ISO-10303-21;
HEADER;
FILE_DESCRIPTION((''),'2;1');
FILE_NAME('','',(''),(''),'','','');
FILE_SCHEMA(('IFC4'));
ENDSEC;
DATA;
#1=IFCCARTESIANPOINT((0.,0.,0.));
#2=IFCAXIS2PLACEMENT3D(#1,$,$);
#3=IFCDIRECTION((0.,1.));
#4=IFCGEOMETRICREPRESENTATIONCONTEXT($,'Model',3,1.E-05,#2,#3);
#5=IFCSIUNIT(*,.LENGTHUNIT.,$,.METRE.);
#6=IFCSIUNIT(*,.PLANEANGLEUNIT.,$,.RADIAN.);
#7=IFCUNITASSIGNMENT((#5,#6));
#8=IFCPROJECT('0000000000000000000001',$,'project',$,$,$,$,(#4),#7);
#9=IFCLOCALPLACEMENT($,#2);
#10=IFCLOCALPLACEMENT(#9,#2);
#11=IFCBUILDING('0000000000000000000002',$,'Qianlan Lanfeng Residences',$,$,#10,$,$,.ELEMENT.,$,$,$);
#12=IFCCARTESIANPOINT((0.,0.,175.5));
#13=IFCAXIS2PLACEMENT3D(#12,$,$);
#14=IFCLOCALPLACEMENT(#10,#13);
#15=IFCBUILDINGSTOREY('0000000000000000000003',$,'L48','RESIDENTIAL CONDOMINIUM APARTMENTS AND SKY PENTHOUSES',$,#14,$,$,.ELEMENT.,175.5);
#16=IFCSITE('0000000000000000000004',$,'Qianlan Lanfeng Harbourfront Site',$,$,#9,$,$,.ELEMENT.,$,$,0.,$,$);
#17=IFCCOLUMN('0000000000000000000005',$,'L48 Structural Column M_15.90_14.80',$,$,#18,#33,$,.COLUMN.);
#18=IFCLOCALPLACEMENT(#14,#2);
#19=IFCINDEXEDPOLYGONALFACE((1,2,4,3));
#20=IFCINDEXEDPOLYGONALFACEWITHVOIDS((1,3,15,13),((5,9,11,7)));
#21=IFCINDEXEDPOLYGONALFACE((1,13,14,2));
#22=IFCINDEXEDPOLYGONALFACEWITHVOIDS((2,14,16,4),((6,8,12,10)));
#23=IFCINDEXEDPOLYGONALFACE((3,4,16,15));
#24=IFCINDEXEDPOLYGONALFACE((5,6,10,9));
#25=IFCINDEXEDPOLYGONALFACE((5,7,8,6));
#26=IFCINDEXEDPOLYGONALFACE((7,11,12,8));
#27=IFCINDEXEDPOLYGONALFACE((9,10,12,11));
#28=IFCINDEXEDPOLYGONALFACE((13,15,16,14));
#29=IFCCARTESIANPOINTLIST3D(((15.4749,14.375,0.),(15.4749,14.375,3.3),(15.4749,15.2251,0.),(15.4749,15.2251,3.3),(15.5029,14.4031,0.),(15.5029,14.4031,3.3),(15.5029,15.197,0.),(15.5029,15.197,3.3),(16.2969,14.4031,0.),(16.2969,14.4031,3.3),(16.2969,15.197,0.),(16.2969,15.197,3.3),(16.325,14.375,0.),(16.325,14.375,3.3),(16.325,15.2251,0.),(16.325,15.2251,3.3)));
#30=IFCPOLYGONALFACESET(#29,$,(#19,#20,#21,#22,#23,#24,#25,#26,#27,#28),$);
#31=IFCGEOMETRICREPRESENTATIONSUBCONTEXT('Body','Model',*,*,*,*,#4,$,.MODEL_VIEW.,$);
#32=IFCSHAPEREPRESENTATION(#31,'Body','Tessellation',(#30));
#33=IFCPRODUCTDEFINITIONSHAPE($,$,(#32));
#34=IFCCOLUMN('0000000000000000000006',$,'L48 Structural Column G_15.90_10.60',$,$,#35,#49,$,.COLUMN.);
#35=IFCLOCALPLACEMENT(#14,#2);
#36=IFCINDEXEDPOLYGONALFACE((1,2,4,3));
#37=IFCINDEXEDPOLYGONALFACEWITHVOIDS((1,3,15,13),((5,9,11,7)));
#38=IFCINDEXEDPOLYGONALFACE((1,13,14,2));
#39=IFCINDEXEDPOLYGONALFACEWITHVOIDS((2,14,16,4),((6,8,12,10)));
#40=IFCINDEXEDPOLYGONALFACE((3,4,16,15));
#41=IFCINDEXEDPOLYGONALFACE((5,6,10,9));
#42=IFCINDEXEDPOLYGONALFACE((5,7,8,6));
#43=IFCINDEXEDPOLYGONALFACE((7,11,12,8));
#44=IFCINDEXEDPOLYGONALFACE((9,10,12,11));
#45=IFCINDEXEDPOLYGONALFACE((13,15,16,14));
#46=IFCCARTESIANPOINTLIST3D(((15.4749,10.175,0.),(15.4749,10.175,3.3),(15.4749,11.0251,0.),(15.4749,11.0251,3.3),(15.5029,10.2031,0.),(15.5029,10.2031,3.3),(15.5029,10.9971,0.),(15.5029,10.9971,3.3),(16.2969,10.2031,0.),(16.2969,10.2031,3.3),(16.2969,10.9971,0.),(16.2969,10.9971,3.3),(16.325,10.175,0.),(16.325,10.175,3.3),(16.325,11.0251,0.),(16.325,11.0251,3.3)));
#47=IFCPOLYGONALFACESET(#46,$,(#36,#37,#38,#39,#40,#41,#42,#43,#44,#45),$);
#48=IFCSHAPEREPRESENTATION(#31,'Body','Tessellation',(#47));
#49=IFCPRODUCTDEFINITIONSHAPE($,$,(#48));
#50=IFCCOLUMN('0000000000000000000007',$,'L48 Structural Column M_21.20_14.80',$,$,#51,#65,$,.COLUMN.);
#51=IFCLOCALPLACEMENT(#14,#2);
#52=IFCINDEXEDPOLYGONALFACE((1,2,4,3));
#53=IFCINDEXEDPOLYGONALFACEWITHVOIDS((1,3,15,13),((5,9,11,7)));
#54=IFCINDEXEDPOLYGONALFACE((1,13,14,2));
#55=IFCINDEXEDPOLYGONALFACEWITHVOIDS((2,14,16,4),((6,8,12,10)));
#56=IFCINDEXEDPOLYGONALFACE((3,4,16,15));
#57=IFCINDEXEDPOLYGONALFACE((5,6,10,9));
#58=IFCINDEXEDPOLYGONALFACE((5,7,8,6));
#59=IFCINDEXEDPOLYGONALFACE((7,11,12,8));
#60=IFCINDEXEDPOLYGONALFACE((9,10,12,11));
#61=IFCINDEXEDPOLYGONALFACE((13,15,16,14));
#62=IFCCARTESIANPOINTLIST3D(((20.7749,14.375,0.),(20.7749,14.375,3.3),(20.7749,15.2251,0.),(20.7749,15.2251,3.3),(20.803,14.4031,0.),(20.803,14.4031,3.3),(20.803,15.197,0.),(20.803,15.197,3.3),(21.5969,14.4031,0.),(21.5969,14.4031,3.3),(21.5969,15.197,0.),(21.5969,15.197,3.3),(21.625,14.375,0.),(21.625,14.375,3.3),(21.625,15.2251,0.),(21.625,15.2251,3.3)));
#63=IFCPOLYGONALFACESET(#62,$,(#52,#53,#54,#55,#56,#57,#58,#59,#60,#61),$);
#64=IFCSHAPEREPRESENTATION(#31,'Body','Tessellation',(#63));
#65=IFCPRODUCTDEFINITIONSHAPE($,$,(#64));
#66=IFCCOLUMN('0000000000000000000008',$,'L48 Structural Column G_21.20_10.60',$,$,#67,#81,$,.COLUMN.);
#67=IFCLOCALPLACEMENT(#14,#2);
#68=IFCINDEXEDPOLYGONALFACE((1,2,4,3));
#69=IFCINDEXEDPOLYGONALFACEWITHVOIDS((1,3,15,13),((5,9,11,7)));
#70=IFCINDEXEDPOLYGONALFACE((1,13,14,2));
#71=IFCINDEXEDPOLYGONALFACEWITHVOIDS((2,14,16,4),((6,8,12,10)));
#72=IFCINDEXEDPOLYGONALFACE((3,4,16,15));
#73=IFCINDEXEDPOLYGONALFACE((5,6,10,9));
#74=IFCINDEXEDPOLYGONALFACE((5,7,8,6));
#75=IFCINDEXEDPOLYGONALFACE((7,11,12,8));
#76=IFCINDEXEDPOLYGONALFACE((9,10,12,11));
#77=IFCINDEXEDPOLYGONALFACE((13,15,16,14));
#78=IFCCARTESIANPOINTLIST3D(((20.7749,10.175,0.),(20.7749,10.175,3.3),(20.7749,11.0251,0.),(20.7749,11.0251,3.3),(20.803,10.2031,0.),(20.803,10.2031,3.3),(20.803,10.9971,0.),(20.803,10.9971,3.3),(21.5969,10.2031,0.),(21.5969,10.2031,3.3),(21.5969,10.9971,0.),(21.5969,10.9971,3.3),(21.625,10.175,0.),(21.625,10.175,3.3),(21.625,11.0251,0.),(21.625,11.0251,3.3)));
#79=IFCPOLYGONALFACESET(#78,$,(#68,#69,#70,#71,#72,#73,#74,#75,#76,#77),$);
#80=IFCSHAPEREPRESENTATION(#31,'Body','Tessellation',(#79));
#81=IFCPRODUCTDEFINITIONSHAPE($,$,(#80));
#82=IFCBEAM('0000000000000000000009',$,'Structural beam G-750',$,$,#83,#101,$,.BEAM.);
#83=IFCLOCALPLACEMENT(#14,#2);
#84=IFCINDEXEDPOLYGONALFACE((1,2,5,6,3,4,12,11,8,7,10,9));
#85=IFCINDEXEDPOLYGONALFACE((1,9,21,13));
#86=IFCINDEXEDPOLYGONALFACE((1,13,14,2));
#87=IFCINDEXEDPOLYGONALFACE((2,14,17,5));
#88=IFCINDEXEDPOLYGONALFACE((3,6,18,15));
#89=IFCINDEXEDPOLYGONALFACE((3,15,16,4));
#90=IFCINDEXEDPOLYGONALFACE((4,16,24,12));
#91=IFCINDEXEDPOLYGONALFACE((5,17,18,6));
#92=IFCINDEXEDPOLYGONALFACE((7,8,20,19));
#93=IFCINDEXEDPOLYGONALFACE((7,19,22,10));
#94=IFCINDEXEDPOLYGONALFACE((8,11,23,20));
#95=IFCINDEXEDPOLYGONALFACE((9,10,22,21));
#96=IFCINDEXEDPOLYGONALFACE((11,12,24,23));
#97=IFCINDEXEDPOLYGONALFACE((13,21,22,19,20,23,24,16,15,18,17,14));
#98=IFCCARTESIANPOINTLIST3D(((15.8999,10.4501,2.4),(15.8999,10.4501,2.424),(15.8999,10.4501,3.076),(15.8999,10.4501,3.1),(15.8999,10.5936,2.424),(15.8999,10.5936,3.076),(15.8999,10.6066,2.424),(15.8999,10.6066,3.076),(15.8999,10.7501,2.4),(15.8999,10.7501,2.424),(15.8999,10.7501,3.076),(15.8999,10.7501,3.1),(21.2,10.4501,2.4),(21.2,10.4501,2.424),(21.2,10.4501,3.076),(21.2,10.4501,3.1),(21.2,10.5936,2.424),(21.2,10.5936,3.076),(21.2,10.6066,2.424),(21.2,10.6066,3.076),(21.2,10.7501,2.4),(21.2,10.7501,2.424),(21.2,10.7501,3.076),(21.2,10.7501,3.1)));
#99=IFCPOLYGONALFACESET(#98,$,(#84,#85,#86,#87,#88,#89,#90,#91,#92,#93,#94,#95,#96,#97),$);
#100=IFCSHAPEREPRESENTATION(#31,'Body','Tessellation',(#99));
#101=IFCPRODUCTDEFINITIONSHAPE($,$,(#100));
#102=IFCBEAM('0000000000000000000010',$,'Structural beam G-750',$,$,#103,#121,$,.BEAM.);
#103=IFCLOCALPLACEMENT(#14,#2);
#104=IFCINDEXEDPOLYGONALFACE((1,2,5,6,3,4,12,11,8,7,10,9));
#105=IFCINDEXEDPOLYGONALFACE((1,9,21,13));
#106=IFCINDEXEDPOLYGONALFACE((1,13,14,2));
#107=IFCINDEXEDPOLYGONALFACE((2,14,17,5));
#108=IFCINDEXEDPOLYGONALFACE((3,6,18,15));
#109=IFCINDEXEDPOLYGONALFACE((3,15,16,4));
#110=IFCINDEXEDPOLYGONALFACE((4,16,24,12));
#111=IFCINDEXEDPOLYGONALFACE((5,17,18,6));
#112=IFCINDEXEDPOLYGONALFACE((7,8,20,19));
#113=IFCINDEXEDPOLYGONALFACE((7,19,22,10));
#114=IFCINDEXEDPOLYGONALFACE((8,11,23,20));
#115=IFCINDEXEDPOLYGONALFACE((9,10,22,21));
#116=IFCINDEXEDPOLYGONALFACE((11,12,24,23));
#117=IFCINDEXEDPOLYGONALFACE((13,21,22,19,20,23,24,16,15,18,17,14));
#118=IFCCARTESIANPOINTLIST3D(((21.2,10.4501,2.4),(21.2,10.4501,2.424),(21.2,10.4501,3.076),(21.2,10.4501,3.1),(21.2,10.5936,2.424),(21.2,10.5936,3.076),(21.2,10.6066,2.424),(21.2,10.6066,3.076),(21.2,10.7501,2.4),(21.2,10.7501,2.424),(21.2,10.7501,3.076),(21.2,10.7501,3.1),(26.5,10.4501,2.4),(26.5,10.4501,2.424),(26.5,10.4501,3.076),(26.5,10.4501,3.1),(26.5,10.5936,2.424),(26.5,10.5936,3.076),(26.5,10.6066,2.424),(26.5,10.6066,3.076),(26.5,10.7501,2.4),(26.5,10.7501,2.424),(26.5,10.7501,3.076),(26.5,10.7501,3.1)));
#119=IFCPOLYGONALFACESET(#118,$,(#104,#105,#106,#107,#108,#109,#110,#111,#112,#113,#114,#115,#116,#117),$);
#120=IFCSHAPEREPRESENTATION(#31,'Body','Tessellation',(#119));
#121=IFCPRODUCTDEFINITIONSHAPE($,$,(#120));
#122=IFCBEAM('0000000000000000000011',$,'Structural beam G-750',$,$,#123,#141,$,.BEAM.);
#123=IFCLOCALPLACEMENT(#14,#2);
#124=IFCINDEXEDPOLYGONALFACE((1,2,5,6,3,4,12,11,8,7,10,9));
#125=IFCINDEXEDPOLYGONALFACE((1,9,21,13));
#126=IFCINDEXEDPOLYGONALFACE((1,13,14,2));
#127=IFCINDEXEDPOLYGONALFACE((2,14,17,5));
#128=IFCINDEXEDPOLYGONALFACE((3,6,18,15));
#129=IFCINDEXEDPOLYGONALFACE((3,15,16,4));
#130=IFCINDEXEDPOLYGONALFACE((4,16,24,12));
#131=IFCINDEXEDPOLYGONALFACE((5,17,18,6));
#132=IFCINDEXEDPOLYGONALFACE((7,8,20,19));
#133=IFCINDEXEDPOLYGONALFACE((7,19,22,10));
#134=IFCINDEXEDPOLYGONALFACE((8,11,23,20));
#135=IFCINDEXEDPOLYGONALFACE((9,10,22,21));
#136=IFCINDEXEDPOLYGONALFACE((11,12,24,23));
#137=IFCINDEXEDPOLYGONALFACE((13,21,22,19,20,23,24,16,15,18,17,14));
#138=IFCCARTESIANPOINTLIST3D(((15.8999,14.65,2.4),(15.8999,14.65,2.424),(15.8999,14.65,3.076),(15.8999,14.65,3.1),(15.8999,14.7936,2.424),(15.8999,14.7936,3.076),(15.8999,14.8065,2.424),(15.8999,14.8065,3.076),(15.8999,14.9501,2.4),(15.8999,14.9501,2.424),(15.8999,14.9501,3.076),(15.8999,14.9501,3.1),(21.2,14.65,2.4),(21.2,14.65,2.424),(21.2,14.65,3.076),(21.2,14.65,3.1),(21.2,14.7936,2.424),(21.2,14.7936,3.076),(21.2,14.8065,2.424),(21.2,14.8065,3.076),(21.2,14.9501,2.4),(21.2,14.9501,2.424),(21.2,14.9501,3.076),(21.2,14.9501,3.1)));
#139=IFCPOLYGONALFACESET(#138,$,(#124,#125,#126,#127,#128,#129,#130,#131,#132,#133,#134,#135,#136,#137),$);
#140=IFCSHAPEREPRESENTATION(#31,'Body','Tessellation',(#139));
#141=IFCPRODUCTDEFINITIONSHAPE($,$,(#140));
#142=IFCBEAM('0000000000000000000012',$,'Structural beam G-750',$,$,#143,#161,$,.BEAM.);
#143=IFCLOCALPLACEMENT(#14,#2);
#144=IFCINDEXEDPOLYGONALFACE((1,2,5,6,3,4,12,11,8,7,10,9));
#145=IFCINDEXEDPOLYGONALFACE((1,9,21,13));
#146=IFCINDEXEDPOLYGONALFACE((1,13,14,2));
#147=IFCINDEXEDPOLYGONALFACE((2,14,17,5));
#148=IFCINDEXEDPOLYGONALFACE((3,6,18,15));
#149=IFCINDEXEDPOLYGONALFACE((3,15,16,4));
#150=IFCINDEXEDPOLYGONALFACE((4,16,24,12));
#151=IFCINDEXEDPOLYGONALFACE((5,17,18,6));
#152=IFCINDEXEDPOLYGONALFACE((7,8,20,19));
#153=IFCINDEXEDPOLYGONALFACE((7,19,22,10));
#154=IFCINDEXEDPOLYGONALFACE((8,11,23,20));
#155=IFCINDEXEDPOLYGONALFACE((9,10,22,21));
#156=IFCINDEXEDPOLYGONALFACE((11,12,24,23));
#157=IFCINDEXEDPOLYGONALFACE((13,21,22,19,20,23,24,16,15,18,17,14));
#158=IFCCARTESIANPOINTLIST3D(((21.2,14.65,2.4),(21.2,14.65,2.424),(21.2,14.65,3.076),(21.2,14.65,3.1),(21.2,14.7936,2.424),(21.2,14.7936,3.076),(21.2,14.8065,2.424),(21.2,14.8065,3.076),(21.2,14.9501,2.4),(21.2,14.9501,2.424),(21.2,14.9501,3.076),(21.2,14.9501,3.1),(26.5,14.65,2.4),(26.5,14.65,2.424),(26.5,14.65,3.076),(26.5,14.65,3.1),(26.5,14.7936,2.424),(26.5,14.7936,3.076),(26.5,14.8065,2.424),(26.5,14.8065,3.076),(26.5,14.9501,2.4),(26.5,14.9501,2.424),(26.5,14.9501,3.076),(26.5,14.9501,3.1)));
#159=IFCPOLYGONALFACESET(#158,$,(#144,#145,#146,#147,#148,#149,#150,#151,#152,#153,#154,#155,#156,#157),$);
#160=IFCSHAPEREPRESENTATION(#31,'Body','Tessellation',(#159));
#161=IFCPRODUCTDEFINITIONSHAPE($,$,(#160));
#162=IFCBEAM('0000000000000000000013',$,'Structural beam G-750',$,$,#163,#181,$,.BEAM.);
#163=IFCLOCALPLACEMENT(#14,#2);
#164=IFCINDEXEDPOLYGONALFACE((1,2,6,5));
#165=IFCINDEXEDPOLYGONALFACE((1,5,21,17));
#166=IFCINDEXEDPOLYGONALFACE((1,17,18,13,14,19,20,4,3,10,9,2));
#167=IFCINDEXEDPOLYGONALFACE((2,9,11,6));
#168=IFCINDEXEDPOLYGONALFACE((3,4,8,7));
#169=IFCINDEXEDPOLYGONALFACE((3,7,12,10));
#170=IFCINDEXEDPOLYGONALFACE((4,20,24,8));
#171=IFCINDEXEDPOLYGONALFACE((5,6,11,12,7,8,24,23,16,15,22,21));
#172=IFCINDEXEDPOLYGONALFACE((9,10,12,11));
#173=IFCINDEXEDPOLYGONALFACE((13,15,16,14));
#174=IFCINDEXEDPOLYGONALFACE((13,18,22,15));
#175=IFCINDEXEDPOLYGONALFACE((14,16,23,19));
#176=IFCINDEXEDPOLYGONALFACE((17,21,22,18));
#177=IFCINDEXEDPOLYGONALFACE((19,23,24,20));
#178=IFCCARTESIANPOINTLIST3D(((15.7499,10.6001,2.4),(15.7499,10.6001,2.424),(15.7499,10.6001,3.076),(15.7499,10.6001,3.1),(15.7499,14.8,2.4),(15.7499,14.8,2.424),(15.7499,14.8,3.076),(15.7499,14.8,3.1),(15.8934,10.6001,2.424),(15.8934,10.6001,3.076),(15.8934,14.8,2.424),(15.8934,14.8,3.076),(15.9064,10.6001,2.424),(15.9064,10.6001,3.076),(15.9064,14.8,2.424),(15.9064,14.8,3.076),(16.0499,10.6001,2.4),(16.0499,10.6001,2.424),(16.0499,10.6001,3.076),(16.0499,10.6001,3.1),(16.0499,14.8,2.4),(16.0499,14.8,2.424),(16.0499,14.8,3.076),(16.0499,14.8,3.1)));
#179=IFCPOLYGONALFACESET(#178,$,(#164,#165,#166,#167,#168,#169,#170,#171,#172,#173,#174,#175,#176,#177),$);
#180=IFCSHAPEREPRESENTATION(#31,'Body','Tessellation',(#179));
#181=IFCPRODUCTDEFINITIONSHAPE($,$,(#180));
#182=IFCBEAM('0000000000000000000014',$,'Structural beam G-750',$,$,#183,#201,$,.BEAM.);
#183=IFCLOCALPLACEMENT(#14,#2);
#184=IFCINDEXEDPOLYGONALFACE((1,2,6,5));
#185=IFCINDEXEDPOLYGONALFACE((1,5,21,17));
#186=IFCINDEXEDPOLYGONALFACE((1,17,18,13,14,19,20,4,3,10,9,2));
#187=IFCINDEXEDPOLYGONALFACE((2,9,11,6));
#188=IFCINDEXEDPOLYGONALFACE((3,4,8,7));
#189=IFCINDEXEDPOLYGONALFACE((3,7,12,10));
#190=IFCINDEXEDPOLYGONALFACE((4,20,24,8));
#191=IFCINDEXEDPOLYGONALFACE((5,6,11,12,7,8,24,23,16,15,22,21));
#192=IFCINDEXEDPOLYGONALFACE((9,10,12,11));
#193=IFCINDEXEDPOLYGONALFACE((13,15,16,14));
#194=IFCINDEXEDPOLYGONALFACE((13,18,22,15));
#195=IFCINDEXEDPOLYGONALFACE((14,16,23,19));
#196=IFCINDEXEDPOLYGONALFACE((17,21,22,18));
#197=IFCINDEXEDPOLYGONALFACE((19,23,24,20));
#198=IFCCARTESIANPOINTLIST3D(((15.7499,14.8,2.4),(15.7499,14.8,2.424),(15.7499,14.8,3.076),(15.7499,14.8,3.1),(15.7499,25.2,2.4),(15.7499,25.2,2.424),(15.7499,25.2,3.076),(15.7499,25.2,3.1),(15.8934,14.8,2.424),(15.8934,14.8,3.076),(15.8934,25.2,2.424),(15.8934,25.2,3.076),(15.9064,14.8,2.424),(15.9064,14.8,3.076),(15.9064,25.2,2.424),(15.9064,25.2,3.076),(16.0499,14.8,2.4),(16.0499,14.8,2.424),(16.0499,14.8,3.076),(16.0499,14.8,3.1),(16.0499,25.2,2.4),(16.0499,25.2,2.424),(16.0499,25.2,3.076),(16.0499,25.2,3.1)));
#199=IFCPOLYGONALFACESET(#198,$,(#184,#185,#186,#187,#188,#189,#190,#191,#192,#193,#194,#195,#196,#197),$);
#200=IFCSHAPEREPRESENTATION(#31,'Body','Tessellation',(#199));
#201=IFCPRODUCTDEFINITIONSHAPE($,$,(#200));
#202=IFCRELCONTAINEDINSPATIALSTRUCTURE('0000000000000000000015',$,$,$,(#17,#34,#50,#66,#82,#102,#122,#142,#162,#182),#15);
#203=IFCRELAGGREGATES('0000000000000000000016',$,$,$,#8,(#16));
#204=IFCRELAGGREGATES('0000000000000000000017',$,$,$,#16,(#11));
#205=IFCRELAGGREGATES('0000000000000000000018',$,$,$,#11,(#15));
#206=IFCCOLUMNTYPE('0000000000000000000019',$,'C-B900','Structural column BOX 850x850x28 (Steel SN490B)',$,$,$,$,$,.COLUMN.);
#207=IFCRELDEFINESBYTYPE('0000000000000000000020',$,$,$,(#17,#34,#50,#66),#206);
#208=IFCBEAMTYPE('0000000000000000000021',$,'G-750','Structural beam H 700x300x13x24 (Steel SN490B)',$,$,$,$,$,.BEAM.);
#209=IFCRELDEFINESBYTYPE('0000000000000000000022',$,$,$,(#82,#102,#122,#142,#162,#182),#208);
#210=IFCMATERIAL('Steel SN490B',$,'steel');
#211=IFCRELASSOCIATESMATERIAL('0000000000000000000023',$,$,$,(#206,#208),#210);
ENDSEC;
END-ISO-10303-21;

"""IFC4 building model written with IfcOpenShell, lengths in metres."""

from ifc_helpers import new_model, si_unit, direction, frame, origin, origin_2d, place, context, subcontext, project, spatial, hollow_rectangle, i_section, extrude, material, material_profile, profile_set, type_object, element, save


model = new_model("IFC4")

# Units and contexts
model_context = context("Model", 3, precision=1e-05, world=origin(), true_north=direction((0.0, 1.0)))
body_context = subcontext(model_context, "Body", "Model", "MODEL_VIEW")
ifc_project = project(units=[si_unit("LENGTHUNIT", "METRE"), si_unit("PLANEANGLEUNIT", "RADIAN")], contexts=[model_context])

# Site, building, storey
site_placement = place(None, origin())
site = spatial("IfcSite", under=ifc_project, at=site_placement, Name="Qianlan Lanfeng Harbourfront Site", CompositionType="ELEMENT", RefElevation=0.0)
building_placement = place(site_placement, origin())
building = spatial("IfcBuilding", under=site, at=building_placement, Name="Qianlan Lanfeng Residences", CompositionType="ELEMENT")
storey_placement = place(building_placement, frame((0.0, 0.0, 175.5)))
storey = spatial("IfcBuildingStorey", under=building, at=storey_placement, Name="L48", Description="RESIDENTIAL CONDOMINIUM APARTMENTS AND SKY PENTHOUSES", CompositionType="ELEMENT", Elevation=175.5)

# Columns
ifc_material_1 = material(Name="Steel SN490B", Category="steel")
ifc_material_profile_1 = material_profile(ifc_material_1, hollow_rectangle(XDim=0.8501, YDim=0.8501, WallThickness=0.0281, at=origin_2d()), Name="BOX 850x850x28")
ifc_profile_set_1 = profile_set([ifc_material_profile_1], Name="Steel SN490B")
column_type = type_object("IfcColumnType", Name="C-B900", Description="Structural column BOX 850x850x28 (Steel SN490B)", PredefinedType="COLUMN", material=ifc_profile_set_1)
for number, where, z_axis, x_axis, name in (
    (1, (15.8999, 14.8, 0.0), (0.0, 0.0, 1.0), (1.0, 0.0, 0.0), "L48 Structural Column M_15.90_14.80"),
    (2, (15.8999, 10.6001, 0.0), (0.0, 0.0, 1.0), (1.0, 0.0, 0.0), "L48 Structural Column G_15.90_10.60"),
    (3, (21.2, 14.8, 0.0), (0.0, 0.0, 1.0), (1.0, 0.0, 0.0), "L48 Structural Column M_21.20_14.80"),
    (4, (21.2, 10.6001, 0.0), (0.0, 0.0, 1.0), (1.0, 0.0, 0.0), "L48 Structural Column G_21.20_10.60"),
):
    element("IfcColumn", number, at=place(storey_placement, frame(where, z_axis=z_axis, x_axis=x_axis)), inside=storey, type_object=column_type, Name=name, PredefinedType="COLUMN", context=body_context, shape_type="SweptSolid", body=[
        extrude(hollow_rectangle(XDim=0.8501, YDim=0.8501, WallThickness=0.0281, at=origin_2d()), origin(), (0.0, 0.0, 1.0), 3.3),
    ])

# Beams
ifc_material_profile_2 = material_profile(ifc_material_1, i_section(OverallWidth=0.3, OverallDepth=0.7, WebThickness=0.0129, FlangeThickness=0.0239, at=origin_2d()), Name="H 700x300x13x24")
ifc_profile_set_2 = profile_set([ifc_material_profile_2], Name="Steel SN490B")
beam_type_1 = type_object("IfcBeamType", Name="G-750", Description="Structural beam H 700x300x13x24 (Steel SN490B)", PredefinedType="BEAM", material=ifc_profile_set_2)
for number, where, z_axis, x_axis, name in (
    (5, (15.8999, 10.6001, 2.75), (1.0, 0.0, 0.0), (0.0, 1.0, 0.0), "Structural beam G-750"),
    (6, (21.2, 10.6001, 2.75), (1.0, 0.0, 0.0), (0.0, 1.0, 0.0), "Structural beam G-750"),
    (7, (15.8999, 14.8, 2.75), (1.0, 0.0, 0.0), (0.0, 1.0, 0.0), "Structural beam G-750"),
    (8, (21.2, 14.8, 2.75), (1.0, 0.0, 0.0), (0.0, 1.0, 0.0), "Structural beam G-750"),
):
    element("IfcBeam", number, at=place(storey_placement, frame(where, z_axis=z_axis, x_axis=x_axis)), inside=storey, type_object=beam_type_1, Name=name, PredefinedType="BEAM", context=body_context, shape_type="SweptSolid", body=[
        extrude(i_section(OverallWidth=0.3, OverallDepth=0.7, WebThickness=0.0129, FlangeThickness=0.0239, at=origin_2d()), origin(), (0.0, 0.0, 1.0), 5.3),
    ])
beam_1_placement = place(storey_placement, frame((15.8999, 10.6001, 2.75), z_axis=(0.0, 1.0, 0.0), x_axis=(-1.0, 0.0, 0.0)))
element("IfcBeam", 9, at=beam_1_placement, inside=storey, type_object=beam_type_1, Name="Structural beam G-750", PredefinedType="BEAM", context=body_context, shape_type="SweptSolid", body=[
    extrude(i_section(OverallWidth=0.3, OverallDepth=0.7, WebThickness=0.0129, FlangeThickness=0.0239, at=origin_2d()), origin(), (0.0, 0.0, 1.0), 4.2),
])
beam_2_placement = place(storey_placement, frame((15.8999, 14.8, 2.75), z_axis=(0.0, 1.0, 0.0), x_axis=(-1.0, 0.0, 0.0)))
element("IfcBeam", 10, at=beam_2_placement, inside=storey, type_object=beam_type_1, Name="Structural beam G-750", PredefinedType="BEAM", context=body_context, shape_type="SweptSolid", body=[
    extrude(i_section(OverallWidth=0.3, OverallDepth=0.7, WebThickness=0.0129, FlangeThickness=0.0239, at=origin_2d()), origin(), (0.0, 0.0, 1.0), 10.3999),
])

save(model, "model.ifc")
